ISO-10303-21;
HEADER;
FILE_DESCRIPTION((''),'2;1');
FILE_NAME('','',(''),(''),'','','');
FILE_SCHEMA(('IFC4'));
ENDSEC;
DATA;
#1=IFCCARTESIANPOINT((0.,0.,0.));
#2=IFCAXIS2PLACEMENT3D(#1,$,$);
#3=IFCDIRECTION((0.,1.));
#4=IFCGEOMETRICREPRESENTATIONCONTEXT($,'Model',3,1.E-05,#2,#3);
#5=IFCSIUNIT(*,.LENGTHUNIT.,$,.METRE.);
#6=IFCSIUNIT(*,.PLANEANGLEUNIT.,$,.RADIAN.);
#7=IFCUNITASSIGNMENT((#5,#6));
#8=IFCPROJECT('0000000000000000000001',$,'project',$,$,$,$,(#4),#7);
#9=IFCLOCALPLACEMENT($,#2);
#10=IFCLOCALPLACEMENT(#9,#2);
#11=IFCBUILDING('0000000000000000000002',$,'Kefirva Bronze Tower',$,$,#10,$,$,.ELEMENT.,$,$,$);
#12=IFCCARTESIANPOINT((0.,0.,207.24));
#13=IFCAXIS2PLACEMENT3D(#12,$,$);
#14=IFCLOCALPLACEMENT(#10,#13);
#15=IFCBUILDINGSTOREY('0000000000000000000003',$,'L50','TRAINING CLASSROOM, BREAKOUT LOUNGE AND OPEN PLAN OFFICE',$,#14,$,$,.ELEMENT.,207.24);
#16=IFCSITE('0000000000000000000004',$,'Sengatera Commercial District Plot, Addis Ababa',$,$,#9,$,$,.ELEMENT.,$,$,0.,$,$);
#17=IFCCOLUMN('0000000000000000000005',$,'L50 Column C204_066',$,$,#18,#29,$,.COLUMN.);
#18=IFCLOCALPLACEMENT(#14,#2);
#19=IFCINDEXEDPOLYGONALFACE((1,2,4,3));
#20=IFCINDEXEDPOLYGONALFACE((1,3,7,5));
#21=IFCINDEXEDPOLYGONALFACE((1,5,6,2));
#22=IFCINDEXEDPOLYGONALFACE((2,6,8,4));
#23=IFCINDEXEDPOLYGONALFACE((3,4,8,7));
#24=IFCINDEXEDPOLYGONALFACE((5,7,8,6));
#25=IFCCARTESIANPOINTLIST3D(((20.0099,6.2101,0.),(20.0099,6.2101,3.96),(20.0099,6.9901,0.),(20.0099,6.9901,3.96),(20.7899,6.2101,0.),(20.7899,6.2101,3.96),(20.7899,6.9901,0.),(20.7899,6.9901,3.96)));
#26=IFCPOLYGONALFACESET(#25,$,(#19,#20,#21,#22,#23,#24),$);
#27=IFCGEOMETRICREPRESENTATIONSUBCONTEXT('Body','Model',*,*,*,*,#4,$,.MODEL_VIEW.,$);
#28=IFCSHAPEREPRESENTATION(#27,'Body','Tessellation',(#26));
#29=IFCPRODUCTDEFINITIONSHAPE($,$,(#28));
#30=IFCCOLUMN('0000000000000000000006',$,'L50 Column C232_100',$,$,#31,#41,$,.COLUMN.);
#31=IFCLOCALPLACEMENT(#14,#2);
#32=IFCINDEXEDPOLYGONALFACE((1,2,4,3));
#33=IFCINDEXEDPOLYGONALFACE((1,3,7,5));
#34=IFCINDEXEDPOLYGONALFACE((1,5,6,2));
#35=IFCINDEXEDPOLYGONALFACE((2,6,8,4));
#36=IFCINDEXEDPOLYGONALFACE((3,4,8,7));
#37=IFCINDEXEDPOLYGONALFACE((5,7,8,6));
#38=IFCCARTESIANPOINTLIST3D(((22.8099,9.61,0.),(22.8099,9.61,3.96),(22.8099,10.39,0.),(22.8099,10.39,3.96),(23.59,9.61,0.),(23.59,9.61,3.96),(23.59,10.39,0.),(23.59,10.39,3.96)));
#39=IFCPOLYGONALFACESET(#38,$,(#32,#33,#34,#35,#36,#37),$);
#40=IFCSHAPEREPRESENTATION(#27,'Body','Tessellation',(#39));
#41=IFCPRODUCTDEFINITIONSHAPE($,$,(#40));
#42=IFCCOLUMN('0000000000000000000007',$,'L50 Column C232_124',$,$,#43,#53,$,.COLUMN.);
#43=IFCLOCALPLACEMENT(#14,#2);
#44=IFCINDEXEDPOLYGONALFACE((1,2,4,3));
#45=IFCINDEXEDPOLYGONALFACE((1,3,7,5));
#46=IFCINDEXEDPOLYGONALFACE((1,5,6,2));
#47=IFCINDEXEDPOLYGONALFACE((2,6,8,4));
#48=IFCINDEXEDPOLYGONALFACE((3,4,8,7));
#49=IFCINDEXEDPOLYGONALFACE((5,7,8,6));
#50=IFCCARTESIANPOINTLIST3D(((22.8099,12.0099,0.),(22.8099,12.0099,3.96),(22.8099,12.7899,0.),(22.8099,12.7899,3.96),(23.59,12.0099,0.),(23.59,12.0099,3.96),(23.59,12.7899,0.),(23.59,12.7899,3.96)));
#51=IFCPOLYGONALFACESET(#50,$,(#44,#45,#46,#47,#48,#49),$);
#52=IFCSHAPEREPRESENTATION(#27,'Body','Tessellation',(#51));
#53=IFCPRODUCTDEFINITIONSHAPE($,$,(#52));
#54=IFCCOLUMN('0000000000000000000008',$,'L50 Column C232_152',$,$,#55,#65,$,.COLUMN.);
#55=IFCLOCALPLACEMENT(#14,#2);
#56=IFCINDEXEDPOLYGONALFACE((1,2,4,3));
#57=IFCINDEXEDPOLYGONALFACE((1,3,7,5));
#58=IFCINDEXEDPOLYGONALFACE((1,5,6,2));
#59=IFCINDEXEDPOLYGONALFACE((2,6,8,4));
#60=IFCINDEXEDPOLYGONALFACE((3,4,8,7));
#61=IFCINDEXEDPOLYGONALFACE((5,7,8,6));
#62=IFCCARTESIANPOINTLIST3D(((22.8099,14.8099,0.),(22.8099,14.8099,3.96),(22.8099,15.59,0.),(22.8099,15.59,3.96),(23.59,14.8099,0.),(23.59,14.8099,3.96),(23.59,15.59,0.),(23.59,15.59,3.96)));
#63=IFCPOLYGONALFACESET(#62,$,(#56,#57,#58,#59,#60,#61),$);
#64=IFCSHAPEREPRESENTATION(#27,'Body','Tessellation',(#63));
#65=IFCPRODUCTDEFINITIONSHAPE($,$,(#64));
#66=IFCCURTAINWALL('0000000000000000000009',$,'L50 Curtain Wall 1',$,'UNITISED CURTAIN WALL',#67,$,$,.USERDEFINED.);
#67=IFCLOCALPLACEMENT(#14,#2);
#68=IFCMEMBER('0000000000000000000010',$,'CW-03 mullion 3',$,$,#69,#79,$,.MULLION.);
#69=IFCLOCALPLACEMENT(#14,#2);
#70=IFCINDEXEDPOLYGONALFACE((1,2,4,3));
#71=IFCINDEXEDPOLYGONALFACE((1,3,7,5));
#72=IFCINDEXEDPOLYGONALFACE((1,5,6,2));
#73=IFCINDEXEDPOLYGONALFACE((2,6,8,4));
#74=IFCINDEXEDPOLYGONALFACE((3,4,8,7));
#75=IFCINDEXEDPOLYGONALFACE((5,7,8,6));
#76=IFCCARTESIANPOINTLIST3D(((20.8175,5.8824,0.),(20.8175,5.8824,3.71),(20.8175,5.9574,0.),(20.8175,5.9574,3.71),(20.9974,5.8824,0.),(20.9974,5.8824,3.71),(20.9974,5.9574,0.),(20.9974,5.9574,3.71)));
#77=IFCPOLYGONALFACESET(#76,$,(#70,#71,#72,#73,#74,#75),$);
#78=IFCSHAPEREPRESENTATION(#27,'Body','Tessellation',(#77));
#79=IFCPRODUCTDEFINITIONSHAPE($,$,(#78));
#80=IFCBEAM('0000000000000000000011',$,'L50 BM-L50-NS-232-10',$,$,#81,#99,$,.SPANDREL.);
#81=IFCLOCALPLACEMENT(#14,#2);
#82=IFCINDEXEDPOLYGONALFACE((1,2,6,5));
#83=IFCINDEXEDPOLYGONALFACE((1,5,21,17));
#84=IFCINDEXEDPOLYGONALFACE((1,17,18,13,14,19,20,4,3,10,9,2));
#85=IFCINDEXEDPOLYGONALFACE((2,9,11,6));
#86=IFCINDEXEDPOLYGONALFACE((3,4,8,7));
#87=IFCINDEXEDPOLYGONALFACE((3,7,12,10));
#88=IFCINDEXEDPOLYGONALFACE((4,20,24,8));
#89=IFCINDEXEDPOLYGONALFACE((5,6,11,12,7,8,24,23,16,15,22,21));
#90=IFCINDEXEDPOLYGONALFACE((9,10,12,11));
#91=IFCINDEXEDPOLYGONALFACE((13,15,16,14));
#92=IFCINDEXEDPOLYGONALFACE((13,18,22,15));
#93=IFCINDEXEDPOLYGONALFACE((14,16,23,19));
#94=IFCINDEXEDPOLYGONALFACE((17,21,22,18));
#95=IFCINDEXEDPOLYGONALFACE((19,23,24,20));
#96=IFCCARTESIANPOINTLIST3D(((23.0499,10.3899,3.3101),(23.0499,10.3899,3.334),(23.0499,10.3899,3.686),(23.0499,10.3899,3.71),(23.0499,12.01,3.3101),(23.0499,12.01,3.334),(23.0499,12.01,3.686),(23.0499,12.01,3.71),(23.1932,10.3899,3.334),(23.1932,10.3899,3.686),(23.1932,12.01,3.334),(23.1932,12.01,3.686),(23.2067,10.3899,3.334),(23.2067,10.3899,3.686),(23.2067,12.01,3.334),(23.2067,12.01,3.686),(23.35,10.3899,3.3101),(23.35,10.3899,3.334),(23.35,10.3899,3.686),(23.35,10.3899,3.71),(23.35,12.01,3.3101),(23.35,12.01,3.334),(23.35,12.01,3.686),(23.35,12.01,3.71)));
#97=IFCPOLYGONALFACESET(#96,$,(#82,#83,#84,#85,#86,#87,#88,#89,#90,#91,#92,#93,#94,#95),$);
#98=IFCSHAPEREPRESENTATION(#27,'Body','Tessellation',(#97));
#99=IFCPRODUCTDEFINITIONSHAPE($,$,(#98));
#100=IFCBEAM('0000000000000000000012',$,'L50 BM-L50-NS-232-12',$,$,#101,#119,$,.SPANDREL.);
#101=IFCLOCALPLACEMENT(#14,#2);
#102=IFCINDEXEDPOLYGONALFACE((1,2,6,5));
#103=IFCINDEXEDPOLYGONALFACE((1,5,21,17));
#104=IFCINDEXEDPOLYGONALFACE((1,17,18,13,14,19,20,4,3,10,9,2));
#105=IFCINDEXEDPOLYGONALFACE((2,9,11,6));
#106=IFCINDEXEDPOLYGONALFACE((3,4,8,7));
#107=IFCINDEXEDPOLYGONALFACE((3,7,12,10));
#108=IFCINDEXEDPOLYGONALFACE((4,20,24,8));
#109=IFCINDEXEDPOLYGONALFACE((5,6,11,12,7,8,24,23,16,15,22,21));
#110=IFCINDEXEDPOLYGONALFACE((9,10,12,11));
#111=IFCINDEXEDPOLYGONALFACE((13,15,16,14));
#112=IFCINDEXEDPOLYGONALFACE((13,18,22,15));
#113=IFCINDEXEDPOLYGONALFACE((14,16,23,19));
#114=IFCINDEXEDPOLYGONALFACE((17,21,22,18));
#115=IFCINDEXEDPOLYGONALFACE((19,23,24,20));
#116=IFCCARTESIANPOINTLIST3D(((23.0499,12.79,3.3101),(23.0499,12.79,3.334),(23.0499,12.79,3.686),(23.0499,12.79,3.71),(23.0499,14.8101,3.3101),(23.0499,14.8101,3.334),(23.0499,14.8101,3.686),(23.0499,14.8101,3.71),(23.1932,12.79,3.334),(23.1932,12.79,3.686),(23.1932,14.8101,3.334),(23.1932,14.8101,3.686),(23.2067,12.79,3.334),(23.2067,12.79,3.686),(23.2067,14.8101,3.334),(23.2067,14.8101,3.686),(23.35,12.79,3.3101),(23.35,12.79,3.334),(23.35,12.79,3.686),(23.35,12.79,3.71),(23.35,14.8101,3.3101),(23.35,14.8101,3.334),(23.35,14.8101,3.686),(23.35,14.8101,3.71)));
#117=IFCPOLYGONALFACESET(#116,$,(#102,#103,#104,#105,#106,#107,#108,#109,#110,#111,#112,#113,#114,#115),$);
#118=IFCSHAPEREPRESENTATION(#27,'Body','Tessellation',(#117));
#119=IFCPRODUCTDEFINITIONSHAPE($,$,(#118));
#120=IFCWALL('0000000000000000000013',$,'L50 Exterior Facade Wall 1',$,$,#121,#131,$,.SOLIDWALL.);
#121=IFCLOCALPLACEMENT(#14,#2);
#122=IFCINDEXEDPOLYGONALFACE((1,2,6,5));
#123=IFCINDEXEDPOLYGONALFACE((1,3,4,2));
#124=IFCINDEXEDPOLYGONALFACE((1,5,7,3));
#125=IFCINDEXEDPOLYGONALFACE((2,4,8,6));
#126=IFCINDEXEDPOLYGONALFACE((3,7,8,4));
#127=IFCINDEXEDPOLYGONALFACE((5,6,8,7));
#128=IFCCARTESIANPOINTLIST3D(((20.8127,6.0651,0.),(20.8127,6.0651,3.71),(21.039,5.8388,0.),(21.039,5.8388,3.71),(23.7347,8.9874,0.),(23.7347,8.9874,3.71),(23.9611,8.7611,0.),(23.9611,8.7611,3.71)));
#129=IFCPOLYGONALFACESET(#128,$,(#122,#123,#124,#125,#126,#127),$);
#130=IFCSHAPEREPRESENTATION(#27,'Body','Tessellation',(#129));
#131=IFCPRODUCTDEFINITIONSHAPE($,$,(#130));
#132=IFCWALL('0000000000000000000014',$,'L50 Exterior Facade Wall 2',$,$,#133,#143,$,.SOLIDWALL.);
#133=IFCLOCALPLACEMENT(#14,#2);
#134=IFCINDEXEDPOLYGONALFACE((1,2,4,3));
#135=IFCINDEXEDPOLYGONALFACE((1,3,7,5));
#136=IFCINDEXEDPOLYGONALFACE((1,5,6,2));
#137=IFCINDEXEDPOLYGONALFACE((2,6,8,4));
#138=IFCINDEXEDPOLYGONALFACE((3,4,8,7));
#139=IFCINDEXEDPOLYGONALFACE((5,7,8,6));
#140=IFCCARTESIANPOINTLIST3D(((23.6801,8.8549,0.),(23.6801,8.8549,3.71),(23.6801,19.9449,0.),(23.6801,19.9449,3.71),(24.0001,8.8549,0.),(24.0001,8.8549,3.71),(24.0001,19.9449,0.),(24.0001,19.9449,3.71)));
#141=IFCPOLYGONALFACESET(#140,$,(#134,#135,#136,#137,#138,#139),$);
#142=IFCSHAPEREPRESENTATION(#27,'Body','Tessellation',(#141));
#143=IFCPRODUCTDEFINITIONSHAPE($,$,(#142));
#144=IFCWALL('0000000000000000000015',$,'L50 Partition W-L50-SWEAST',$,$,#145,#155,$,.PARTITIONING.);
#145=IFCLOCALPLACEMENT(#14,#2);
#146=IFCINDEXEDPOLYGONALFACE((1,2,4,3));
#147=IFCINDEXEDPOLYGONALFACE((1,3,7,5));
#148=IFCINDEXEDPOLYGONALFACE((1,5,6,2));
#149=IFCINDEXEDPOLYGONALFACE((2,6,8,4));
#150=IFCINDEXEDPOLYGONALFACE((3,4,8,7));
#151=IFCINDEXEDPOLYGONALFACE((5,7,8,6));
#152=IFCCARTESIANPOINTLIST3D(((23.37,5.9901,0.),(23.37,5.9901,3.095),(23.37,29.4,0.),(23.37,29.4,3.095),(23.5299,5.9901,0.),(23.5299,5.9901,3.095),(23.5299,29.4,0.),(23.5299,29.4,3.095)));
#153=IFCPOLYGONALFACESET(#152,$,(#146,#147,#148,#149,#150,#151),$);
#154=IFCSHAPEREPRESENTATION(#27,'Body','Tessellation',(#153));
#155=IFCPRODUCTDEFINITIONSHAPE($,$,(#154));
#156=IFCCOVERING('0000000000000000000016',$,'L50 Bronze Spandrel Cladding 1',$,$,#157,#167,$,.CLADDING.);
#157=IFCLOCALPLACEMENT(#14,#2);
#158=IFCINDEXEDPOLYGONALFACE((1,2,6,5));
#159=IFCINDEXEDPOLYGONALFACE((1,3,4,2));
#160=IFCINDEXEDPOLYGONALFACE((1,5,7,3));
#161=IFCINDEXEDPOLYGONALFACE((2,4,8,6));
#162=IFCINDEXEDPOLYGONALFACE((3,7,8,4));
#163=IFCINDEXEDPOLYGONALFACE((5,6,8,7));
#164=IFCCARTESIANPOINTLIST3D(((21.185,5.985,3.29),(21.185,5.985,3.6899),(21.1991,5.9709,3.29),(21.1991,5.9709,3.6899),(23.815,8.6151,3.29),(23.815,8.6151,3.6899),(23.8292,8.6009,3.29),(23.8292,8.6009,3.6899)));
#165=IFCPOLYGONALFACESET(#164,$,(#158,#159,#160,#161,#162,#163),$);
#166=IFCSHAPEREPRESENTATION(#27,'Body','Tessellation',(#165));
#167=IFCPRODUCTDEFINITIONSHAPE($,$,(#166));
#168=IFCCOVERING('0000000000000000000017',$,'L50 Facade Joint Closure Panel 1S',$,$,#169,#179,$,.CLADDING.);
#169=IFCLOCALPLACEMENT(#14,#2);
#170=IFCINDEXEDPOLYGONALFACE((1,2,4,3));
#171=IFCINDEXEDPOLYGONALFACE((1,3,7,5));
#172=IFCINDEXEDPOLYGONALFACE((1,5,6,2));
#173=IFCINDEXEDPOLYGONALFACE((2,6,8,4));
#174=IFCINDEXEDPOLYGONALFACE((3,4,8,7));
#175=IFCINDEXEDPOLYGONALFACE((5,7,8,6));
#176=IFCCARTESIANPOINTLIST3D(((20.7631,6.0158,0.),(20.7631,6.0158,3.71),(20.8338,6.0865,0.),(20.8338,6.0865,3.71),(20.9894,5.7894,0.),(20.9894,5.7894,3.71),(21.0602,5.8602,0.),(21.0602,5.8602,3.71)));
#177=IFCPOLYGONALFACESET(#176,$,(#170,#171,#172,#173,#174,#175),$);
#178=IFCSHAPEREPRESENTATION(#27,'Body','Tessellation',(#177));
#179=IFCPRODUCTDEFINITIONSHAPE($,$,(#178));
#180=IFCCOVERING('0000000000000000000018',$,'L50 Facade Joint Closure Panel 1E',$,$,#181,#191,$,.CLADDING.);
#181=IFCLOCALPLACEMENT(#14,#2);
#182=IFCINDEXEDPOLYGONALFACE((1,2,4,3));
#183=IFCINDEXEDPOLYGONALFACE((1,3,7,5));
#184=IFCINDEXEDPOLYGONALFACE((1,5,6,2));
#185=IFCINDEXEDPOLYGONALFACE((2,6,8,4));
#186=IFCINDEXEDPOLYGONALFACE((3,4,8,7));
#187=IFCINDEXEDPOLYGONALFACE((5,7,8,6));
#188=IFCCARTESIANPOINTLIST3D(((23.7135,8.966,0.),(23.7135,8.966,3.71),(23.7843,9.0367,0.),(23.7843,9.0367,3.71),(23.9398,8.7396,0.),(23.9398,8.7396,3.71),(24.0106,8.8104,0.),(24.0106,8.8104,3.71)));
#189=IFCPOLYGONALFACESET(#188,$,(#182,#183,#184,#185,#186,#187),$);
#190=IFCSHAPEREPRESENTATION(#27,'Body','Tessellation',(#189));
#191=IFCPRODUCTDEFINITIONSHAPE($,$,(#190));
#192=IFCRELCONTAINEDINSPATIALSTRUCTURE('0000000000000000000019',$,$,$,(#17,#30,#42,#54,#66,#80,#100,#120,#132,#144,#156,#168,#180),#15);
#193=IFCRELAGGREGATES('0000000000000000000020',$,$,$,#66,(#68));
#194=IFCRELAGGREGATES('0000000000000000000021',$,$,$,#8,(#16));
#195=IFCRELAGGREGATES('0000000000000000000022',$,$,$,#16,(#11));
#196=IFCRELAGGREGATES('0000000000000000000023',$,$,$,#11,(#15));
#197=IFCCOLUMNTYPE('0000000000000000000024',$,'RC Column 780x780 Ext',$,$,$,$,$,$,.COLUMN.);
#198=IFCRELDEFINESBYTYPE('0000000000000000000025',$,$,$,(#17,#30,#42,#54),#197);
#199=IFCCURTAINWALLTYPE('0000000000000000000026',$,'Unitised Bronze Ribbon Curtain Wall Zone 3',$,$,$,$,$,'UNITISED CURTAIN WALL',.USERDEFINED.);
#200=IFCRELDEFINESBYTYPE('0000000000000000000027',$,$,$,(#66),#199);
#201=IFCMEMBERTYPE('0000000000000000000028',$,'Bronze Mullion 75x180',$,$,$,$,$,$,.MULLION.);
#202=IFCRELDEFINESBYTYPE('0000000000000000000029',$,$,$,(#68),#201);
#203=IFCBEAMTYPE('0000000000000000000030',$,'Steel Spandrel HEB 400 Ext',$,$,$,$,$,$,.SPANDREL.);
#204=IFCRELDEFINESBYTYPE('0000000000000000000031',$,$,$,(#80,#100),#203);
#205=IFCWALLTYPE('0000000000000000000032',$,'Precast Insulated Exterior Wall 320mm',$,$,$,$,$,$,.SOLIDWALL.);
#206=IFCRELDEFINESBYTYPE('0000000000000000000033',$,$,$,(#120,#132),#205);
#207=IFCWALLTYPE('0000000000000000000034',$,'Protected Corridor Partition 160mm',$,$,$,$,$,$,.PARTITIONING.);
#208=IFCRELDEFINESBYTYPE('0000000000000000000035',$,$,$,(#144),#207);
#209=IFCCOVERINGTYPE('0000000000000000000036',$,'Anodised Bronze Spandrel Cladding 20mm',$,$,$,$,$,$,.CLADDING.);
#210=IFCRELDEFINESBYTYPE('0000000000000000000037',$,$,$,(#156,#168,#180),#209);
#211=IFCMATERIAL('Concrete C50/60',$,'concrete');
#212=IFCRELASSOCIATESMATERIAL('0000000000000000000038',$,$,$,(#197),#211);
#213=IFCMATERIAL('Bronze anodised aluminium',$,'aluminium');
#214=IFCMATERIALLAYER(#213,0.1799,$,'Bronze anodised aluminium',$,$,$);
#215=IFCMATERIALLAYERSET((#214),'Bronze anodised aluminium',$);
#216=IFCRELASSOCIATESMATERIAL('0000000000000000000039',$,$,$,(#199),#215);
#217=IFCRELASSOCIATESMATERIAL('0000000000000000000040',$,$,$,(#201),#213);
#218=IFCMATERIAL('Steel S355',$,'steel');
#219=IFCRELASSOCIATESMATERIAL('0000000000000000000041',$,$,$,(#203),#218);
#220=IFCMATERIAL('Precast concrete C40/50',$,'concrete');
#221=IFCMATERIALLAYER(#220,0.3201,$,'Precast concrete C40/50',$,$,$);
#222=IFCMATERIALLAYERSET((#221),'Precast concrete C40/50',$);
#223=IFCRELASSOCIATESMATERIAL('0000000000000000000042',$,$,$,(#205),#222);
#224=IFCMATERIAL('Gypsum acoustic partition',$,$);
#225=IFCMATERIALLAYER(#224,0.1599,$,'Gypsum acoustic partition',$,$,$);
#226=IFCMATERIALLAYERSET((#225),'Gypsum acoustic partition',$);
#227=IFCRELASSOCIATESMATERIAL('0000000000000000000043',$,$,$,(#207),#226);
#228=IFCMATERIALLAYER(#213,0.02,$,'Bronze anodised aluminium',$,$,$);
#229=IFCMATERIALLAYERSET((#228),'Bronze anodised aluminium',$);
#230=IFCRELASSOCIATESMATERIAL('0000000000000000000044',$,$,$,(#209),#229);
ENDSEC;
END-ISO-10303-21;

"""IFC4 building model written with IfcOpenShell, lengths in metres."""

from ifc_helpers import new_model, si_unit, direction, frame, frame_2d, origin, origin_2d, place, context, subcontext, project, spatial, rectangle, i_section, extrude, material, layer, layer_set, material_profile, profile_set, type_object, element, aggregate, save


model = new_model("IFC4")

# Units and contexts
model_context = context("Model", 3, precision=1e-05, world=origin(), true_north=direction((0.0, 1.0)))
body_context = subcontext(model_context, "Body", "Model", "MODEL_VIEW")
ifc_project = project(units=[si_unit("LENGTHUNIT", "METRE"), si_unit("PLANEANGLEUNIT", "RADIAN")], contexts=[model_context])

# Site, building, storey
site_placement = place(None, origin())
site = spatial("IfcSite", under=ifc_project, at=site_placement, Name="Sengatera Commercial District Plot, Addis Ababa", CompositionType="ELEMENT", RefElevation=0.0)
building_placement = place(site_placement, origin())
building = spatial("IfcBuilding", under=site, at=building_placement, Name="Kefirva Bronze Tower", CompositionType="ELEMENT")
storey_placement = place(building_placement, frame((0.0, 0.0, 207.24)))
storey = spatial("IfcBuildingStorey", under=building, at=storey_placement, Name="L50", Description="TRAINING CLASSROOM, BREAKOUT LOUNGE AND OPEN PLAN OFFICE", CompositionType="ELEMENT", Elevation=207.24)

# Columns
ifc_material_1 = material(Name="Concrete C50/60", Category="concrete")
ifc_material_profile_1 = material_profile(ifc_material_1, rectangle(XDim=0.78, YDim=0.78, at=origin_2d()), Name="RC 780x780")
ifc_profile_set_1 = profile_set([ifc_material_profile_1], Name="Concrete C50/60")
column_type = type_object("IfcColumnType", Name="RC Column 780x780 Ext", PredefinedType="COLUMN", material=ifc_profile_set_1)
for number, where, z_axis, x_axis, name in (
    (1, (20.3999, 6.6001, 0.0), (0.0, 0.0, 1.0), (1.0, 0.0, 0.0), "L50 Column C204_066"),
    (2, (23.2, 10.0, 0.0), (0.0, 0.0, 1.0), (1.0, 0.0, 0.0), "L50 Column C232_100"),
    (3, (23.2, 12.3999, 0.0), (0.0, 0.0, 1.0), (1.0, 0.0, 0.0), "L50 Column C232_124"),
    (4, (23.2, 15.2, 0.0), (0.0, 0.0, 1.0), (1.0, 0.0, 0.0), "L50 Column C232_152"),
):
    element("IfcColumn", number, at=place(storey_placement, frame(where, z_axis=z_axis, x_axis=x_axis)), inside=storey, type_object=column_type, Name=name, PredefinedType="COLUMN", context=body_context, shape_type="SweptSolid", body=[
        extrude(rectangle(XDim=0.78, YDim=0.78, at=origin_2d()), origin(), (0.0, 0.0, 1.0), 3.96),
    ])

# Curtain wall, member
ifc_material_2 = material(Name="Bronze anodised aluminium", Category="aluminium")
ifc_layer_1 = layer(ifc_material_2, 0.1799, Name="Bronze anodised aluminium")
ifc_layer_set_1 = layer_set([ifc_layer_1], Name="Bronze anodised aluminium")
curtain_wall_type = type_object("IfcCurtainWallType", Name="Unitised Bronze Ribbon Curtain Wall Zone 3", ElementType="UNITISED CURTAIN WALL", PredefinedType="USERDEFINED", material=ifc_layer_set_1)
curtain_wall_placement = place(storey_placement, origin())
curtain_wall = element("IfcCurtainWall", 5, at=curtain_wall_placement, inside=storey, type_object=curtain_wall_type, Name="L50 Curtain Wall 1", ObjectType="UNITISED CURTAIN WALL", PredefinedType="USERDEFINED")
ifc_material_profile_2 = material_profile(ifc_material_2, rectangle(XDim=0.075, YDim=0.1799, at=origin_2d()), Name="ALU 75x180")
ifc_profile_set_2 = profile_set([ifc_material_profile_2], Name="Bronze anodised aluminium")
member_type = type_object("IfcMemberType", Name="Bronze Mullion 75x180", PredefinedType="MULLION", material=ifc_profile_set_2)
member_placement = place(storey_placement, frame((20.9075, 5.9199, 0.0), z_axis=(0.0, 0.0, 1.0), x_axis=(0.0, 1.0, 0.0)))
member = element("IfcMember", 6, at=member_placement, type_object=member_type, Name="CW-03 mullion 3", PredefinedType="MULLION", context=body_context, shape_type="SweptSolid", body=[
    extrude(rectangle(XDim=0.075, YDim=0.1799, at=origin_2d()), origin(), (0.0, 0.0, 1.0), 3.71),
])
aggregate(curtain_wall, [member])

# Beams
ifc_material_3 = material(Name="Steel S355", Category="steel")
ifc_material_profile_3 = material_profile(ifc_material_3, i_section(OverallWidth=0.3, OverallDepth=0.3999, WebThickness=0.0134, FlangeThickness=0.0239, at=origin_2d()), Name="HEB 400")
ifc_profile_set_3 = profile_set([ifc_material_profile_3], Name="Steel S355")
beam_type = type_object("IfcBeamType", Name="Steel Spandrel HEB 400 Ext", PredefinedType="SPANDREL", material=ifc_profile_set_3)
beam_1_placement = place(storey_placement, frame((23.2, 10.3899, 3.51), z_axis=(0.0, 1.0, 0.0), x_axis=(-1.0, 0.0, 0.0)))
element("IfcBeam", 7, at=beam_1_placement, inside=storey, type_object=beam_type, Name="L50 BM-L50-NS-232-10", PredefinedType="SPANDREL", context=body_context, shape_type="SweptSolid", body=[
    extrude(i_section(OverallWidth=0.3, OverallDepth=0.3999, WebThickness=0.0134, FlangeThickness=0.0239, at=origin_2d()), origin(), (0.0, 0.0, 1.0), 1.6201),
])
beam_2_placement = place(storey_placement, frame((23.2, 12.79, 3.51), z_axis=(0.0, 1.0, 0.0), x_axis=(-1.0, 0.0, 0.0)))
element("IfcBeam", 8, at=beam_2_placement, inside=storey, type_object=beam_type, Name="L50 BM-L50-NS-232-12", PredefinedType="SPANDREL", context=body_context, shape_type="SweptSolid", body=[
    extrude(i_section(OverallWidth=0.3, OverallDepth=0.3999, WebThickness=0.0134, FlangeThickness=0.0239, at=origin_2d()), origin(), (0.0, 0.0, 1.0), 2.02),
])

# Walls
ifc_material_4 = material(Name="Precast concrete C40/50", Category="concrete")
ifc_layer_2 = layer(ifc_material_4, 0.3201, Name="Precast concrete C40/50")
ifc_layer_set_2 = layer_set([ifc_layer_2], Name="Precast concrete C40/50")
wall_type_1 = type_object("IfcWallType", Name="Precast Insulated Exterior Wall 320mm", PredefinedType="SOLIDWALL", material=ifc_layer_set_2)
wall_1_placement = place(storey_placement, frame((20.9258, 5.9519, 0.0), z_axis=(0.0, 0.0, 1.0), x_axis=(0.707077, 0.707136, 0.0)))
element("IfcWall", 9, at=wall_1_placement, inside=storey, type_object=wall_type_1, Name="L50 Exterior Facade Wall 1", PredefinedType="SOLIDWALL", context=body_context, shape_type="SweptSolid", body=[
    extrude(rectangle(XDim=4.1326, YDim=0.3201, at=frame_2d((2.0664, 0.0))), origin(), (0.0, 0.0, 1.0), 3.71),
])
wall_2_placement = place(storey_placement, frame((23.8401, 8.855, 0.0), z_axis=(0.0, 0.0, 1.0), x_axis=(0.0, 1.0, 0.0)))
element("IfcWall", 10, at=wall_2_placement, inside=storey, type_object=wall_type_1, Name="L50 Exterior Facade Wall 2", PredefinedType="SOLIDWALL", context=body_context, shape_type="SweptSolid", body=[
    extrude(rectangle(XDim=11.0901, YDim=0.3201, at=frame_2d((5.5449, 0.0))), origin(), (0.0, 0.0, 1.0), 3.71),
])
ifc_material_5 = material(Name="Gypsum acoustic partition")
ifc_layer_3 = layer(ifc_material_5, 0.1599, Name="Gypsum acoustic partition")
ifc_layer_set_3 = layer_set([ifc_layer_3], Name="Gypsum acoustic partition")
wall_type_2 = type_object("IfcWallType", Name="Protected Corridor Partition 160mm", PredefinedType="PARTITIONING", material=ifc_layer_set_3)
wall_3_placement = place(storey_placement, frame((23.45, 5.99, 0.0), z_axis=(0.0, 0.0, 1.0), x_axis=(0.0, 1.0, 0.0)))
element("IfcWall", 11, at=wall_3_placement, inside=storey, type_object=wall_type_2, Name="L50 Partition W-L50-SWEAST", PredefinedType="PARTITIONING", context=body_context, shape_type="SweptSolid", body=[
    extrude(rectangle(XDim=23.4099, YDim=0.1599, at=frame_2d((11.7051, 0.0))), origin(), (0.0, 0.0, 1.0), 3.095),
])

# Coverings
ifc_layer_4 = layer(ifc_material_2, 0.02, Name="Bronze anodised aluminium")
ifc_layer_set_4 = layer_set([ifc_layer_4], Name="Bronze anodised aluminium")
covering_type_1 = type_object("IfcCoveringType", Name="Anodised Bronze Spandrel Cladding 20mm", PredefinedType="CLADDING", material=ifc_layer_set_4)
covering_1_placement = place(storey_placement, frame((22.5071, 7.293, 3.29), z_axis=(0.0, 0.0, 1.0), x_axis=(0.707107, 0.707107, 0.0)))
element("IfcCovering", 12, at=covering_1_placement, inside=storey, type_object=covering_type_1, Name="L50 Bronze Spandrel Cladding 1", PredefinedType="CLADDING", context=body_context, shape_type="SweptSolid", body=[
    extrude(rectangle(XDim=3.7195, YDim=0.02, at=origin_2d()), origin(), (0.0, 0.0, 1.0), 0.3999),
])
for number, where, z_axis, x_axis, name in (
    (13, (20.9116, 5.938, 0.0), (0.0, 0.0, 1.0), (0.707107, 0.707107, 0.0), "L50 Facade Joint Closure Panel 1S"),
    (14, (23.8621, 8.8882, 0.0), (0.0, 0.0, 1.0), (0.707107, 0.707107, 0.0), "L50 Facade Joint Closure Panel 1E"),
):
    element("IfcCovering", number, at=place(storey_placement, frame(where, z_axis=z_axis, x_axis=x_axis)), inside=storey, type_object=covering_type_1, Name=name, PredefinedType="CLADDING", context=body_context, shape_type="SweptSolid", body=[
        extrude(rectangle(XDim=0.1001, YDim=0.3201, at=origin_2d()), origin(), (0.0, 0.0, 1.0), 3.71),
    ])

save(model, "model.ifc")
